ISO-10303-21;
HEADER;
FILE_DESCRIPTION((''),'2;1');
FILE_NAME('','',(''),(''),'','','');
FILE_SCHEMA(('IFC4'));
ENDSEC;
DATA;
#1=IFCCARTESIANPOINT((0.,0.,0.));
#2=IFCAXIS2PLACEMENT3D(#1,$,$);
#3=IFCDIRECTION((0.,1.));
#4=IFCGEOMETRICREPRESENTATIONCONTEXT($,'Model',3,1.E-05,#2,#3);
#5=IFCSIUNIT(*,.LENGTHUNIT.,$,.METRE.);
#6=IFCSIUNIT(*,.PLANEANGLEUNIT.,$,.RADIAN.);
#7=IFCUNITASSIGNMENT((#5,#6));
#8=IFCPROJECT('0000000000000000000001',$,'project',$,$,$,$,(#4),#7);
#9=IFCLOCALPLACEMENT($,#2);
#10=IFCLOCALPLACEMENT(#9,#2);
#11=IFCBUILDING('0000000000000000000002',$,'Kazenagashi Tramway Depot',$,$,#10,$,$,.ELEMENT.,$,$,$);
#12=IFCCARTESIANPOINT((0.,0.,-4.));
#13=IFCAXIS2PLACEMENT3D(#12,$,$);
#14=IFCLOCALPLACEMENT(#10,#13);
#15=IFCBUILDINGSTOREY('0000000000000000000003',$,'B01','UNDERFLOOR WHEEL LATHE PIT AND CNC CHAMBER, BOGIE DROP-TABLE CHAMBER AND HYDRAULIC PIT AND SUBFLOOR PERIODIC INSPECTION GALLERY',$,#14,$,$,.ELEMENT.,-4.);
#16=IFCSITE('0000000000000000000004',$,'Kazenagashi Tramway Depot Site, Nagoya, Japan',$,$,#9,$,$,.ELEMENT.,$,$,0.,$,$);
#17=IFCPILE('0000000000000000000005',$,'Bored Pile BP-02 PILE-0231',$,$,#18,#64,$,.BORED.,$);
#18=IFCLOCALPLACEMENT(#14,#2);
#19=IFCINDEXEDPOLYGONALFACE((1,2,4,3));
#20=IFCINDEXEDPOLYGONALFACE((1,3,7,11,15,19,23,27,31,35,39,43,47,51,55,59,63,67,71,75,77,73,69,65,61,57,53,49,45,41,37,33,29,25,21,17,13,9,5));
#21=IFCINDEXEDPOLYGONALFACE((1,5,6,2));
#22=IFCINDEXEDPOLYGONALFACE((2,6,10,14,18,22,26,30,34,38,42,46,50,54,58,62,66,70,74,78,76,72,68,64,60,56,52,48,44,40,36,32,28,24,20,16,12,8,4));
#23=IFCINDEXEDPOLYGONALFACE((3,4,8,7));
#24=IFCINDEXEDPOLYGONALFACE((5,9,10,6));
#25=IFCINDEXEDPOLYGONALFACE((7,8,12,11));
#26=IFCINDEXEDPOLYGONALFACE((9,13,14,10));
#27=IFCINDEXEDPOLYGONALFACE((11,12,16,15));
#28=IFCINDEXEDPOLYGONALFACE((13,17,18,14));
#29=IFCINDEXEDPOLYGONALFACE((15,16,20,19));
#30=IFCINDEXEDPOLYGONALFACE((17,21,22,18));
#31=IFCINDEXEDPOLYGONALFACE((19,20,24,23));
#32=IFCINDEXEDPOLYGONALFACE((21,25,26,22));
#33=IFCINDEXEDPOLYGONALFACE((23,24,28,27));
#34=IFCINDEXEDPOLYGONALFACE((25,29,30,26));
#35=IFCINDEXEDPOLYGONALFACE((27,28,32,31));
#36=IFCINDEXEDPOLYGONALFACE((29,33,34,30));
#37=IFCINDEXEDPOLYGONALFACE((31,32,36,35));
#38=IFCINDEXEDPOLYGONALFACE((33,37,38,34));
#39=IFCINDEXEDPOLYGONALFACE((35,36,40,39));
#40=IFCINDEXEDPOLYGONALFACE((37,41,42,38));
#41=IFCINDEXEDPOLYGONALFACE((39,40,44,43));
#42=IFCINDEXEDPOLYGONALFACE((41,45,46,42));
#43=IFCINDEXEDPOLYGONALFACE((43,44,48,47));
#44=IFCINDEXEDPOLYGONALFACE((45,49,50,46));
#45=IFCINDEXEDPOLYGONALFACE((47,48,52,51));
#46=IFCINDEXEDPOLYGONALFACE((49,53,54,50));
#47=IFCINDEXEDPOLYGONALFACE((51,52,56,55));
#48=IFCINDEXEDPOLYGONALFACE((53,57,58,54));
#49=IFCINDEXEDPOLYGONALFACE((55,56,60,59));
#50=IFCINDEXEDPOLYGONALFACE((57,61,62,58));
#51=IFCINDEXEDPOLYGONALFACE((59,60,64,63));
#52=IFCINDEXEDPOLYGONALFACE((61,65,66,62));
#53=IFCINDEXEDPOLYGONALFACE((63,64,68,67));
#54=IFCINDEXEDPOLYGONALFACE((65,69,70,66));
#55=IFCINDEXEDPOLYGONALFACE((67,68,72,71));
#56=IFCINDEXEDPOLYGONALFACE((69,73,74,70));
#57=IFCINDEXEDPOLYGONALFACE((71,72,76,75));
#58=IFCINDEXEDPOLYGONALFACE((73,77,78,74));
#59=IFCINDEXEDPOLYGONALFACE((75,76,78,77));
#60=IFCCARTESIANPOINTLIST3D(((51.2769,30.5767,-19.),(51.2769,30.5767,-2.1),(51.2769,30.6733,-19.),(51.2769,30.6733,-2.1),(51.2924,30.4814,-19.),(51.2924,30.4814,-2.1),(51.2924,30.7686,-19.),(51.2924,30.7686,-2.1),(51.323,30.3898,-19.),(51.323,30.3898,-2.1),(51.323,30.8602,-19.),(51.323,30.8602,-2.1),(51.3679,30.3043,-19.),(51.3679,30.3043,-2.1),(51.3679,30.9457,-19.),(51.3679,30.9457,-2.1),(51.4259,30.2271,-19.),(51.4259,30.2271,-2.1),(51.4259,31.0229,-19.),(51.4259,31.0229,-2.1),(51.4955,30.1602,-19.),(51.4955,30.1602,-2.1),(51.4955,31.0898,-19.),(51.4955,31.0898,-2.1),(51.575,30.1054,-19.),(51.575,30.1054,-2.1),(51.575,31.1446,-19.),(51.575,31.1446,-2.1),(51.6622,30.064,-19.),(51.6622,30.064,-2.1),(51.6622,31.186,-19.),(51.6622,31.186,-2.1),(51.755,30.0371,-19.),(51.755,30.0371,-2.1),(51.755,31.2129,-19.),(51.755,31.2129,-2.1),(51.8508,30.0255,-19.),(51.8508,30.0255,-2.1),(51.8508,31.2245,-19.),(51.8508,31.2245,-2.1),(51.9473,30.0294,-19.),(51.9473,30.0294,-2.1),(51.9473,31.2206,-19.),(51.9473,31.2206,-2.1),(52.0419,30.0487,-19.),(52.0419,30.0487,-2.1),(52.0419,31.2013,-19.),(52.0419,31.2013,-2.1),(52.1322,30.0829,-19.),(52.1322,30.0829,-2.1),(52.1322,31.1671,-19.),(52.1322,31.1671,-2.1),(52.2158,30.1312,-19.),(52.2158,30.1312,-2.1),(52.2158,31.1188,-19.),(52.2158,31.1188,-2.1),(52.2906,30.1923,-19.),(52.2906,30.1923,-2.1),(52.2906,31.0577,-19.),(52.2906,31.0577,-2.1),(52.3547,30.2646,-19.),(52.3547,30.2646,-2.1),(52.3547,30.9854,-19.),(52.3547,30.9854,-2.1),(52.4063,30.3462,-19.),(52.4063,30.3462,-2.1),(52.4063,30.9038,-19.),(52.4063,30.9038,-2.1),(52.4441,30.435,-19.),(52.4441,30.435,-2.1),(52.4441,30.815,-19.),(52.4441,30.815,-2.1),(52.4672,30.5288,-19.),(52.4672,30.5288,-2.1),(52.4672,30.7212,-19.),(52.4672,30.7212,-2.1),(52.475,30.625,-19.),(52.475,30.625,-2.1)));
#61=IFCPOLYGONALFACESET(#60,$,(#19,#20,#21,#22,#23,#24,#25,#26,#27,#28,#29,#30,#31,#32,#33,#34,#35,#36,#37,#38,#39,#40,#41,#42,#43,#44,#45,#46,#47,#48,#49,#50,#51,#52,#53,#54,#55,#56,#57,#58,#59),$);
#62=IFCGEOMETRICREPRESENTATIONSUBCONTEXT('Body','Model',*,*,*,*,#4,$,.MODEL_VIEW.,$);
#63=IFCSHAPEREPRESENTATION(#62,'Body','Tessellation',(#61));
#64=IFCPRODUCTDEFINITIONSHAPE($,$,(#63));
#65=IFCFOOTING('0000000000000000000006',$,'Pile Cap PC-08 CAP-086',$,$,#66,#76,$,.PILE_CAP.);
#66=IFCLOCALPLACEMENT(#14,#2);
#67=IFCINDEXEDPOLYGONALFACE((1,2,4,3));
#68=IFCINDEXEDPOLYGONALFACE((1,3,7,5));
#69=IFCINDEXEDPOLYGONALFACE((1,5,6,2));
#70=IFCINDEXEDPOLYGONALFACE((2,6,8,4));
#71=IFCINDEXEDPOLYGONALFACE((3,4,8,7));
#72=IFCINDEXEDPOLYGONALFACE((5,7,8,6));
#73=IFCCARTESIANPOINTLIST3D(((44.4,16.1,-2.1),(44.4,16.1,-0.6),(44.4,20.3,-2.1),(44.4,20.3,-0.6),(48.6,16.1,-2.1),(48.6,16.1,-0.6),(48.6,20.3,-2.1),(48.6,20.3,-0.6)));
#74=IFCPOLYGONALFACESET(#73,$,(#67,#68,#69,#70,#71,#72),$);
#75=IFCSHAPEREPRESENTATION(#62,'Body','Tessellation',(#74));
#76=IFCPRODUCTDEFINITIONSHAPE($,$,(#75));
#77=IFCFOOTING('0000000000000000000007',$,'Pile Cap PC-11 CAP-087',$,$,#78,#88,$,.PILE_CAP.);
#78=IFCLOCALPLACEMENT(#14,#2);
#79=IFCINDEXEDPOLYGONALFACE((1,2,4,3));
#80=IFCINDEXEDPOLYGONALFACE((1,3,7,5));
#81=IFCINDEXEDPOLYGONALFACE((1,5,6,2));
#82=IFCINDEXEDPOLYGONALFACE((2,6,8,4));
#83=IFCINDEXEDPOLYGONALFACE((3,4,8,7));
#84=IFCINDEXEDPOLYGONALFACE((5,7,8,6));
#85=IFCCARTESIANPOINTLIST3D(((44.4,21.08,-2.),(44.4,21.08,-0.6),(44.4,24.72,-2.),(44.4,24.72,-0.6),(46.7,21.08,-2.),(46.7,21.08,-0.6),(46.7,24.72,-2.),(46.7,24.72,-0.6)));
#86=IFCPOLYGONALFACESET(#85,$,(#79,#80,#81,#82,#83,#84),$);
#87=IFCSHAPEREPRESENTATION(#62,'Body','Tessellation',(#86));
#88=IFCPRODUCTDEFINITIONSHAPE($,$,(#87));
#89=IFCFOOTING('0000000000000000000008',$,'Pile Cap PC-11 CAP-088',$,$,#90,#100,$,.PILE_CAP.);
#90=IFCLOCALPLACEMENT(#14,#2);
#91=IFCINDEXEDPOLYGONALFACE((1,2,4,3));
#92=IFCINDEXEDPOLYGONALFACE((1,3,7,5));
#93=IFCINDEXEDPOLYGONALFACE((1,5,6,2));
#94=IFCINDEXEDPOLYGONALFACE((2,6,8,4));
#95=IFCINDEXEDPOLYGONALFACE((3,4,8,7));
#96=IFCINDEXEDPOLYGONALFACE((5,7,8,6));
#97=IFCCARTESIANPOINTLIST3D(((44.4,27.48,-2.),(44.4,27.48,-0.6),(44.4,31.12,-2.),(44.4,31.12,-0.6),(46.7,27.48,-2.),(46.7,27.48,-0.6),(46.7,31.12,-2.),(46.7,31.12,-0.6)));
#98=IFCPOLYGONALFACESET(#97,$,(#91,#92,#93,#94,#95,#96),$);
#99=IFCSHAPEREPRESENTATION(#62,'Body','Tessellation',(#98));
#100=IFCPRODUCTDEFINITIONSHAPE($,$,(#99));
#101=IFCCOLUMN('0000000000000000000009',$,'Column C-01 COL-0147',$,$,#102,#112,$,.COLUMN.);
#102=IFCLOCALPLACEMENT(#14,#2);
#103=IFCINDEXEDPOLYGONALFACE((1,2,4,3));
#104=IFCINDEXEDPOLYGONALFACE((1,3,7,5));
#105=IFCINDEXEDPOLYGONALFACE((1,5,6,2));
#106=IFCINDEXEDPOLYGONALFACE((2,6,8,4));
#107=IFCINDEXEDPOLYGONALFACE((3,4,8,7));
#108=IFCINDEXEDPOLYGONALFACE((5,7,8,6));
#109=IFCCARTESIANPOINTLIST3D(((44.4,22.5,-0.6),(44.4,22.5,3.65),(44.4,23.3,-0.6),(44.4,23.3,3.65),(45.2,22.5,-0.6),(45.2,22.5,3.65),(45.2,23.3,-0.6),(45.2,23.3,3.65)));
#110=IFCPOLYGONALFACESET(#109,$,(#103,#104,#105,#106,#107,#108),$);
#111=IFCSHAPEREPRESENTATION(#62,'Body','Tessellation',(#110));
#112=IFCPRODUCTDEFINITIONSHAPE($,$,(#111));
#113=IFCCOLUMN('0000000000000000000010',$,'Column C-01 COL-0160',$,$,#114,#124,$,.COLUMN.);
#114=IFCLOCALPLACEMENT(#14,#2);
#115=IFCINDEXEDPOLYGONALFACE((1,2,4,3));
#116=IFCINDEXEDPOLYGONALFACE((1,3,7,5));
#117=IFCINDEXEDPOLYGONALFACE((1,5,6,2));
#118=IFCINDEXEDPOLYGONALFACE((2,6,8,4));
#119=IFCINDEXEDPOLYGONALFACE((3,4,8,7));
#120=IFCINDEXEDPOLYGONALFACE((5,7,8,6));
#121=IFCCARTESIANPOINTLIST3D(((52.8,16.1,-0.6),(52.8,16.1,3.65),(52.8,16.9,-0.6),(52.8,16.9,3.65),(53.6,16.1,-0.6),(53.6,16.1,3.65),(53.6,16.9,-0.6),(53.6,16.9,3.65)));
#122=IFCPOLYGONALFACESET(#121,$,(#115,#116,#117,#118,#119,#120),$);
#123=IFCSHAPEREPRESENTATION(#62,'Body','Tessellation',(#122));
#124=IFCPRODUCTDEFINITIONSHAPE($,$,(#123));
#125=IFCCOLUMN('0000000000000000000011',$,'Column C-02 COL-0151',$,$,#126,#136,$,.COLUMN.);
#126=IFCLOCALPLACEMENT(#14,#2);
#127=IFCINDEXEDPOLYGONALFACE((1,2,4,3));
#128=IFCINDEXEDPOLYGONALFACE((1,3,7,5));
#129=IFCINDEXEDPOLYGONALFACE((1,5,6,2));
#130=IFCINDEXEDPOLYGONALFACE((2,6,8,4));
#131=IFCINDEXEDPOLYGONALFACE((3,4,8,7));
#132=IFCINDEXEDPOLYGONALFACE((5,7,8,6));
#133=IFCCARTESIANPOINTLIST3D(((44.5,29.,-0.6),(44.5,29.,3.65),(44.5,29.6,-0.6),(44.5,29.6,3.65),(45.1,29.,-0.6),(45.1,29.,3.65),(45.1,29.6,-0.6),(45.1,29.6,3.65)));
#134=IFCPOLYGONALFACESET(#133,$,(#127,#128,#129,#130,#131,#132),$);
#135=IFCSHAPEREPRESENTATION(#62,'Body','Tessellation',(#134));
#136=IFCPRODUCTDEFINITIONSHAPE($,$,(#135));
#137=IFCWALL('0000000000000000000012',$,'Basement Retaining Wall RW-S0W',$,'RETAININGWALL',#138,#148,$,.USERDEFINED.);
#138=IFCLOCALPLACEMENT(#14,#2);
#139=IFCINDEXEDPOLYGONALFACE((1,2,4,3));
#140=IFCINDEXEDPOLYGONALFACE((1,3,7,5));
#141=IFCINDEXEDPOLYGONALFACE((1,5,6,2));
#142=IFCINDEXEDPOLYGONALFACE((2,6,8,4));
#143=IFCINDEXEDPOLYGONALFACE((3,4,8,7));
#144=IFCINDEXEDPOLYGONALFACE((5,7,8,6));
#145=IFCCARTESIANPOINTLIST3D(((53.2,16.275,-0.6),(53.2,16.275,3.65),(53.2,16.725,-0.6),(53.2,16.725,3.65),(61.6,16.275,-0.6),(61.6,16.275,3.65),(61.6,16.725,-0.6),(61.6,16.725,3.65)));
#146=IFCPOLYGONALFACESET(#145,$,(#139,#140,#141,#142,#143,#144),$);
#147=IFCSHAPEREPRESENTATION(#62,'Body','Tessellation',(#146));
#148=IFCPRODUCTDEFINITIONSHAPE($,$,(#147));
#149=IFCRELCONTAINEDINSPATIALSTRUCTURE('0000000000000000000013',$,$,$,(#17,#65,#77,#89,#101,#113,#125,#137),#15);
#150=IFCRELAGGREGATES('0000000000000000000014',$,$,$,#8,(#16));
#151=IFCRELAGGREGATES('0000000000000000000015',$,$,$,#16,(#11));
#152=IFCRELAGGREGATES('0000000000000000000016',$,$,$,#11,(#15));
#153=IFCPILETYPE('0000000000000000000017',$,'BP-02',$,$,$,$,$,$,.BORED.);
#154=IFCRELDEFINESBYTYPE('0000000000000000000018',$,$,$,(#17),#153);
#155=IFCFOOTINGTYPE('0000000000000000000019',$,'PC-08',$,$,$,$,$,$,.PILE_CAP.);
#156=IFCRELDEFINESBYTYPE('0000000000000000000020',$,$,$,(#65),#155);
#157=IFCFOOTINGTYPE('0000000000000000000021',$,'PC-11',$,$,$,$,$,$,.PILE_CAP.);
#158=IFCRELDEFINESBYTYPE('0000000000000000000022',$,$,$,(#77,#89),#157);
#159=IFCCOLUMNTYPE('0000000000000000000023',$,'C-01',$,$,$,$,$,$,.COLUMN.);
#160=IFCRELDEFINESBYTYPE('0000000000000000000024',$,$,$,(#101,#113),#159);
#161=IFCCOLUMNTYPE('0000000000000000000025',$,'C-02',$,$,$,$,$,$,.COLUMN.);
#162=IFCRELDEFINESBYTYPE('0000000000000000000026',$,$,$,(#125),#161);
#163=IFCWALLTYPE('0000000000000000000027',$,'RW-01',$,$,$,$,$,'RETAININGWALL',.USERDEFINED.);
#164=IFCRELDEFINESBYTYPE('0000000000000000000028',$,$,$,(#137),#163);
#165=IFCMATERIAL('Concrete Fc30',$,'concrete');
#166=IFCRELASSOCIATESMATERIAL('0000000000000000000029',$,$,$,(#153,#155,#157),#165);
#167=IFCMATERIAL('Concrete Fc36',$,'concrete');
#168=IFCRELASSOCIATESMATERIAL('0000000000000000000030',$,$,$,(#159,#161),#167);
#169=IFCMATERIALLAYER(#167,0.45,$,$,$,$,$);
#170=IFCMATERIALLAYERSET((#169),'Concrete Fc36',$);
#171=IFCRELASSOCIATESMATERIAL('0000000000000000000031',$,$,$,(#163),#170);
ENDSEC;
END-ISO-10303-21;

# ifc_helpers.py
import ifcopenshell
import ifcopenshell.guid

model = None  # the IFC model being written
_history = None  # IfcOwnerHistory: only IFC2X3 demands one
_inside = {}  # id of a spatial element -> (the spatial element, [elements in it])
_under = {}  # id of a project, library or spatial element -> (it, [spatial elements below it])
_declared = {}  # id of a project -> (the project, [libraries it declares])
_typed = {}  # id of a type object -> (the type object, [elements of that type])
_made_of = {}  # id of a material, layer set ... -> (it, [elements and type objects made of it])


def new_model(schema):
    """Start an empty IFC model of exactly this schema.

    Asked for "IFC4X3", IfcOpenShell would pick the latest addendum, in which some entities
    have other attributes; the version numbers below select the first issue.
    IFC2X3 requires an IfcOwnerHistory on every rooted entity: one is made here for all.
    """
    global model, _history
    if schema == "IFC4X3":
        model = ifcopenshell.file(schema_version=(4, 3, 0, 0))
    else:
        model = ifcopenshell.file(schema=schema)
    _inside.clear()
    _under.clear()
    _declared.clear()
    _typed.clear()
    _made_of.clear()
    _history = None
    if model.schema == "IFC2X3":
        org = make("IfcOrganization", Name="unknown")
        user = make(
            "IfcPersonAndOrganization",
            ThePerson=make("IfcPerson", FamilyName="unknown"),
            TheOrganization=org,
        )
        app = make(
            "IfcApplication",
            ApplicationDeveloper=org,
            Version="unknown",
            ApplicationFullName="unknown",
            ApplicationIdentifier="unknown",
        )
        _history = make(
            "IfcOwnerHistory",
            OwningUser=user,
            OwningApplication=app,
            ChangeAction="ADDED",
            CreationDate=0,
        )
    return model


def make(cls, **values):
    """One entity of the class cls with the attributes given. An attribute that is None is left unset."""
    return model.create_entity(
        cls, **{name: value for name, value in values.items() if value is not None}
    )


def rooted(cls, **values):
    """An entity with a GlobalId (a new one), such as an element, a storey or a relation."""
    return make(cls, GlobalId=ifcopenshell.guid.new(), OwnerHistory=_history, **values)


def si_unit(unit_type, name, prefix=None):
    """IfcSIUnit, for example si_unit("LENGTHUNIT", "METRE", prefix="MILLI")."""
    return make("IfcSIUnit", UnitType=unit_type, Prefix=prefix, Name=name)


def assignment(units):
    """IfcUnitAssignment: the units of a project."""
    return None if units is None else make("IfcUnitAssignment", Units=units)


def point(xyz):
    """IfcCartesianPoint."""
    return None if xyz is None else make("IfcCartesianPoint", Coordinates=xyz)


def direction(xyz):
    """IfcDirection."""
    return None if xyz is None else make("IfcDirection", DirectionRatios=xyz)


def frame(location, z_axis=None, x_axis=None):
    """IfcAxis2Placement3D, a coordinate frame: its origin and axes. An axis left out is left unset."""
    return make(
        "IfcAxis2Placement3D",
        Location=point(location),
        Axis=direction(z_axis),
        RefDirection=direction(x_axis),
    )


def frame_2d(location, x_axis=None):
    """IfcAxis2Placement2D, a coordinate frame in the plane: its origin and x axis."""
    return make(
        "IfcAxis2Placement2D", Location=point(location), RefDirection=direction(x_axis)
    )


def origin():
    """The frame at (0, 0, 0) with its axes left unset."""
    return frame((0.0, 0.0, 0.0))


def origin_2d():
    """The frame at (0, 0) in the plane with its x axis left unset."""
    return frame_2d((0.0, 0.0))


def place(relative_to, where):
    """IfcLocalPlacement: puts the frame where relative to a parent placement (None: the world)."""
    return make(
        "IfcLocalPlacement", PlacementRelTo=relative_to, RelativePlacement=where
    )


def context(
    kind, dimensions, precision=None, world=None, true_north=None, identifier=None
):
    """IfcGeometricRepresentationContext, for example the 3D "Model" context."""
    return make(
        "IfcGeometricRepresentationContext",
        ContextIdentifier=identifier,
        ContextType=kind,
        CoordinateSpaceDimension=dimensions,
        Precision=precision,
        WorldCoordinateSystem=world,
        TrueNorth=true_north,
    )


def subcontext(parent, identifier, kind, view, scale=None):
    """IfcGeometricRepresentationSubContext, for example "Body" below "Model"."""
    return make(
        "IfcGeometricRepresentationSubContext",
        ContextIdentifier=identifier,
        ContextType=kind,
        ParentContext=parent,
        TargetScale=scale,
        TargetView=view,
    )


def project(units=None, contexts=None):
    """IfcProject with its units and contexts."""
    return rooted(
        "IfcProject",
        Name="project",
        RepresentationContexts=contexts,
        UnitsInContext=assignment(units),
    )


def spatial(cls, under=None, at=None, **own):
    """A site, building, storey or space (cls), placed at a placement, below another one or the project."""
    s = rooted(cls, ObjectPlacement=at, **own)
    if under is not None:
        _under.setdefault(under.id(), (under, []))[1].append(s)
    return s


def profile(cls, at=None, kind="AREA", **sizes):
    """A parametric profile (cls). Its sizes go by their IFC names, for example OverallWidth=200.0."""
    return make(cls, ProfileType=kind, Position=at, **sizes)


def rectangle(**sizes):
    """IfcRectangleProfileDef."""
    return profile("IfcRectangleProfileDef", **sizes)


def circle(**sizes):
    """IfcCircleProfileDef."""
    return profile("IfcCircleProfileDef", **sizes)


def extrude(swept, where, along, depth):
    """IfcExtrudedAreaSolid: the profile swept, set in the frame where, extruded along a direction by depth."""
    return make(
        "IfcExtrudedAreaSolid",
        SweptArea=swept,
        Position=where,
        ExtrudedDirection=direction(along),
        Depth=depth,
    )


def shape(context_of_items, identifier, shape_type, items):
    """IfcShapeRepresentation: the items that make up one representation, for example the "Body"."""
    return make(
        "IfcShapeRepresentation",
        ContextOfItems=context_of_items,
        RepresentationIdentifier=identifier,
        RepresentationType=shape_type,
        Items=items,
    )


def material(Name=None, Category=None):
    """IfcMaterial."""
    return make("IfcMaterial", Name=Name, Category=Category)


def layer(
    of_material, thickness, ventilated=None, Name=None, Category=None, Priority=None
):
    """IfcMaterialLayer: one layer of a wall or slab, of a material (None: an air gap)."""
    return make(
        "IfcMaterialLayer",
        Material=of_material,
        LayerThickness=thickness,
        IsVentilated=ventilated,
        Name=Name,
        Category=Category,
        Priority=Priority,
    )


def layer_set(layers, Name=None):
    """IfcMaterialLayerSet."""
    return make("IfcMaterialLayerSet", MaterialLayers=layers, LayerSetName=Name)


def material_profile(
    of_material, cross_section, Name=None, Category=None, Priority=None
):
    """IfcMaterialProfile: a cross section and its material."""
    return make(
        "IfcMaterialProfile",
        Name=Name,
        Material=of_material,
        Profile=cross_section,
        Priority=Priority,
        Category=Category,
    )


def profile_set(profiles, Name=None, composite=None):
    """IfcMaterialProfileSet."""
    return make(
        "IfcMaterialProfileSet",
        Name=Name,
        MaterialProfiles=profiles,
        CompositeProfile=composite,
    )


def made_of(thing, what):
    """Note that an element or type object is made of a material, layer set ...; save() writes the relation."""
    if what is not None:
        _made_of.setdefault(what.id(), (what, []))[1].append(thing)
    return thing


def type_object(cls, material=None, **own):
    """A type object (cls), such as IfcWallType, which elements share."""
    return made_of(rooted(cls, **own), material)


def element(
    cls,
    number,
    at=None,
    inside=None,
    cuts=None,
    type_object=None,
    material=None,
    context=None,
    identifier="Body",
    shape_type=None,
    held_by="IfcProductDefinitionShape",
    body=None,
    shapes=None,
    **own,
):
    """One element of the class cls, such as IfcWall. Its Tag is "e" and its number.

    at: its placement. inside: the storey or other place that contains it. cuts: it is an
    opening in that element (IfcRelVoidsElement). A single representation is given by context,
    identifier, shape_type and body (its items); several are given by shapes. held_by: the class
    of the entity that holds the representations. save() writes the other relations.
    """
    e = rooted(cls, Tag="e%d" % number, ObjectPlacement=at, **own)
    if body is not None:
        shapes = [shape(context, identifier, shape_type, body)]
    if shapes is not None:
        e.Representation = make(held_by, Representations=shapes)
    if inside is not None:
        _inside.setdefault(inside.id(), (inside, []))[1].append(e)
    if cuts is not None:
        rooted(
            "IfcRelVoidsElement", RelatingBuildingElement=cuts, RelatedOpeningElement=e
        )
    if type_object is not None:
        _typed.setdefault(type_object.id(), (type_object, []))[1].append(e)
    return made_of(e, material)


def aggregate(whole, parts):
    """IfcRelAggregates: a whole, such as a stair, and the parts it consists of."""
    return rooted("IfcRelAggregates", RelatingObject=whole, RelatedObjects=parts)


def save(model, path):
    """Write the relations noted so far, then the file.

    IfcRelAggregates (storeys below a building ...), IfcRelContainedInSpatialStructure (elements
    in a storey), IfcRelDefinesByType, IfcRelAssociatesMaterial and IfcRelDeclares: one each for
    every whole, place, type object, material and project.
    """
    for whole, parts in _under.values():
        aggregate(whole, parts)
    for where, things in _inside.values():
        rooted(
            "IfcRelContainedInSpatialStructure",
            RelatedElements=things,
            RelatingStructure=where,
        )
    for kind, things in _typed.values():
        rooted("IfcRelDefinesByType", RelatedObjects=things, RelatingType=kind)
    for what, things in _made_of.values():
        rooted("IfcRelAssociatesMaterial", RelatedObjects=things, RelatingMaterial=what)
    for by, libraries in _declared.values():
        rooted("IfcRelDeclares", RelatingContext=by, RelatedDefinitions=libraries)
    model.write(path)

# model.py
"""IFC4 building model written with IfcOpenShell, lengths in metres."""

from ifc_helpers import new_model, si_unit, direction, frame, frame_2d, origin, origin_2d, place, context, subcontext, project, spatial, rectangle, circle, extrude, material, layer, layer_set, material_profile, profile_set, type_object, element, save


model = new_model("IFC4")

# Units and contexts
model_context = context("Model", 3, precision=1e-05, world=origin(), true_north=direction((0.0, 1.0)))
body_context = subcontext(model_context, "Body", "Model", "MODEL_VIEW")
ifc_project = project(units=[si_unit("LENGTHUNIT", "METRE"), si_unit("PLANEANGLEUNIT", "RADIAN")], contexts=[model_context])

# Site, building, storey
site_placement = place(None, origin())
site = spatial("IfcSite", under=ifc_project, at=site_placement, Name="Kazenagashi Tramway Depot Site, Nagoya, Japan", CompositionType="ELEMENT", RefElevation=0.0)
building_placement = place(site_placement, origin())
building = spatial("IfcBuilding", under=site, at=building_placement, Name="Kazenagashi Tramway Depot", CompositionType="ELEMENT")
storey_placement = place(building_placement, frame((0.0, 0.0, -4.0)))
storey = spatial("IfcBuildingStorey", under=building, at=storey_placement, Name="B01", Description="UNDERFLOOR WHEEL LATHE PIT AND CNC CHAMBER, BOGIE DROP-TABLE CHAMBER AND HYDRAULIC PIT AND SUBFLOOR PERIODIC INSPECTION GALLERY", CompositionType="ELEMENT", Elevation=-4.0)

# Pile
ifc_material_1 = material(Name="Concrete Fc30", Category="concrete")
ifc_material_profile_1 = material_profile(ifc_material_1, circle(Radius=0.6, at=origin_2d()), Name="PILE-1200")
ifc_profile_set_1 = profile_set([ifc_material_profile_1], Name="Concrete Fc30")
pile_type_1 = type_object("IfcPileType", Name="BP-02", PredefinedType="BORED", material=ifc_profile_set_1)
for number, where, z_axis, x_axis, name in (
    (1, (51.875, 30.625, -2.1), (0.0, 0.0, -1.0), (1.0, 0.0, 0.0), "Bored Pile BP-02 PILE-0231"),
):
    element("IfcPile", number, at=place(storey_placement, frame(where, z_axis=z_axis, x_axis=x_axis)), inside=storey, type_object=pile_type_1, Name=name, PredefinedType="BORED", context=body_context, shape_type="SweptSolid", body=[
        extrude(circle(Radius=0.6, at=origin_2d()), origin(), (0.0, 0.0, 1.0), 16.9),
    ])

# Footings
footing_type_1 = type_object("IfcFootingType", Name="PC-08", PredefinedType="PILE_CAP", material=ifc_material_1)
footing_placement = place(storey_placement, frame((46.5, 18.2, -2.1), z_axis=(0.0, 0.0, 1.0), x_axis=(1.0, 0.0, 0.0)))
element("IfcFooting", 2, at=footing_placement, inside=storey, type_object=footing_type_1, Name="Pile Cap PC-08 CAP-086", PredefinedType="PILE_CAP", context=body_context, shape_type="SweptSolid", body=[
    extrude(rectangle(XDim=4.2, YDim=4.2, at=origin_2d()), origin(), (0.0, 0.0, 1.0), 1.5),
])
footing_type_2 = type_object("IfcFootingType", Name="PC-11", PredefinedType="PILE_CAP", material=ifc_material_1)
for number, where, z_axis, x_axis, name in (
    (3, (45.55, 22.9, -2.0), (0.0, 0.0, 1.0), (1.0, 0.0, 0.0), "Pile Cap PC-11 CAP-087"),
    (4, (45.55, 29.3, -2.0), (0.0, 0.0, 1.0), (1.0, 0.0, 0.0), "Pile Cap PC-11 CAP-088"),
):
    element("IfcFooting", number, at=place(storey_placement, frame(where, z_axis=z_axis, x_axis=x_axis)), inside=storey, type_object=footing_type_2, Name=name, PredefinedType="PILE_CAP", context=body_context, shape_type="SweptSolid", body=[
        extrude(rectangle(XDim=2.3, YDim=3.64, at=origin_2d()), origin(), (0.0, 0.0, 1.0), 1.4),
    ])

# Columns
ifc_material_2 = material(Name="Concrete Fc36", Category="concrete")
ifc_material_profile_2 = material_profile(ifc_material_2, rectangle(XDim=0.8, YDim=0.8, at=origin_2d()), Name="RC-800x800")
ifc_profile_set_2 = profile_set([ifc_material_profile_2], Name="Concrete Fc36")
column_type_1 = type_object("IfcColumnType", Name="C-01", PredefinedType="COLUMN", material=ifc_profile_set_2)
for number, where, z_axis, x_axis, name in (
    (5, (44.8, 22.9, -0.6), (0.0, 0.0, 1.0), (1.0, 0.0, 0.0), "Column C-01 COL-0147"),
    (6, (53.2, 16.5, -0.6), (0.0, 0.0, 1.0), (1.0, 0.0, 0.0), "Column C-01 COL-0160"),
):
    element("IfcColumn", number, at=place(storey_placement, frame(where, z_axis=z_axis, x_axis=x_axis)), inside=storey, type_object=column_type_1, Name=name, PredefinedType="COLUMN", context=body_context, shape_type="SweptSolid", body=[
        extrude(rectangle(XDim=0.8, YDim=0.8, at=origin_2d()), origin(), (0.0, 0.0, 1.0), 4.25),
    ])
ifc_material_profile_3 = material_profile(ifc_material_2, rectangle(XDim=0.6, YDim=0.6, at=origin_2d()), Name="RC-600x600")
ifc_profile_set_3 = profile_set([ifc_material_profile_3], Name="Concrete Fc36")
column_type_2 = type_object("IfcColumnType", Name="C-02", PredefinedType="COLUMN", material=ifc_profile_set_3)
column_placement = place(storey_placement, frame((44.8, 29.3, -0.6), z_axis=(0.0, 0.0, 1.0), x_axis=(1.0, 0.0, 0.0)))
element("IfcColumn", 7, at=column_placement, inside=storey, type_object=column_type_2, Name="Column C-02 COL-0151", PredefinedType="COLUMN", context=body_context, shape_type="SweptSolid", body=[
    extrude(rectangle(XDim=0.6, YDim=0.6, at=origin_2d()), origin(), (0.0, 0.0, 1.0), 4.25),
])

# Wall
ifc_layer = layer(ifc_material_2, 0.45)
ifc_layer_set = layer_set([ifc_layer], Name="Concrete Fc36")
wall_type = type_object("IfcWallType", Name="RW-01", ElementType="RETAININGWALL", PredefinedType="USERDEFINED", material=ifc_layer_set)
wall_placement = place(storey_placement, frame((53.2, 16.5, -0.6), z_axis=(0.0, 0.0, 1.0), x_axis=(1.0, 0.0, 0.0)))
element("IfcWall", 8, at=wall_placement, inside=storey, type_object=wall_type, Name="Basement Retaining Wall RW-S0W", ObjectType="RETAININGWALL", PredefinedType="USERDEFINED", context=body_context, shape_type="SweptSolid", body=[
    extrude(rectangle(XDim=8.4, YDim=0.45, at=frame_2d((4.2, 0.0))), origin(), (0.0, 0.0, 1.0), 4.25),
])

save(model, "model.ifc")
